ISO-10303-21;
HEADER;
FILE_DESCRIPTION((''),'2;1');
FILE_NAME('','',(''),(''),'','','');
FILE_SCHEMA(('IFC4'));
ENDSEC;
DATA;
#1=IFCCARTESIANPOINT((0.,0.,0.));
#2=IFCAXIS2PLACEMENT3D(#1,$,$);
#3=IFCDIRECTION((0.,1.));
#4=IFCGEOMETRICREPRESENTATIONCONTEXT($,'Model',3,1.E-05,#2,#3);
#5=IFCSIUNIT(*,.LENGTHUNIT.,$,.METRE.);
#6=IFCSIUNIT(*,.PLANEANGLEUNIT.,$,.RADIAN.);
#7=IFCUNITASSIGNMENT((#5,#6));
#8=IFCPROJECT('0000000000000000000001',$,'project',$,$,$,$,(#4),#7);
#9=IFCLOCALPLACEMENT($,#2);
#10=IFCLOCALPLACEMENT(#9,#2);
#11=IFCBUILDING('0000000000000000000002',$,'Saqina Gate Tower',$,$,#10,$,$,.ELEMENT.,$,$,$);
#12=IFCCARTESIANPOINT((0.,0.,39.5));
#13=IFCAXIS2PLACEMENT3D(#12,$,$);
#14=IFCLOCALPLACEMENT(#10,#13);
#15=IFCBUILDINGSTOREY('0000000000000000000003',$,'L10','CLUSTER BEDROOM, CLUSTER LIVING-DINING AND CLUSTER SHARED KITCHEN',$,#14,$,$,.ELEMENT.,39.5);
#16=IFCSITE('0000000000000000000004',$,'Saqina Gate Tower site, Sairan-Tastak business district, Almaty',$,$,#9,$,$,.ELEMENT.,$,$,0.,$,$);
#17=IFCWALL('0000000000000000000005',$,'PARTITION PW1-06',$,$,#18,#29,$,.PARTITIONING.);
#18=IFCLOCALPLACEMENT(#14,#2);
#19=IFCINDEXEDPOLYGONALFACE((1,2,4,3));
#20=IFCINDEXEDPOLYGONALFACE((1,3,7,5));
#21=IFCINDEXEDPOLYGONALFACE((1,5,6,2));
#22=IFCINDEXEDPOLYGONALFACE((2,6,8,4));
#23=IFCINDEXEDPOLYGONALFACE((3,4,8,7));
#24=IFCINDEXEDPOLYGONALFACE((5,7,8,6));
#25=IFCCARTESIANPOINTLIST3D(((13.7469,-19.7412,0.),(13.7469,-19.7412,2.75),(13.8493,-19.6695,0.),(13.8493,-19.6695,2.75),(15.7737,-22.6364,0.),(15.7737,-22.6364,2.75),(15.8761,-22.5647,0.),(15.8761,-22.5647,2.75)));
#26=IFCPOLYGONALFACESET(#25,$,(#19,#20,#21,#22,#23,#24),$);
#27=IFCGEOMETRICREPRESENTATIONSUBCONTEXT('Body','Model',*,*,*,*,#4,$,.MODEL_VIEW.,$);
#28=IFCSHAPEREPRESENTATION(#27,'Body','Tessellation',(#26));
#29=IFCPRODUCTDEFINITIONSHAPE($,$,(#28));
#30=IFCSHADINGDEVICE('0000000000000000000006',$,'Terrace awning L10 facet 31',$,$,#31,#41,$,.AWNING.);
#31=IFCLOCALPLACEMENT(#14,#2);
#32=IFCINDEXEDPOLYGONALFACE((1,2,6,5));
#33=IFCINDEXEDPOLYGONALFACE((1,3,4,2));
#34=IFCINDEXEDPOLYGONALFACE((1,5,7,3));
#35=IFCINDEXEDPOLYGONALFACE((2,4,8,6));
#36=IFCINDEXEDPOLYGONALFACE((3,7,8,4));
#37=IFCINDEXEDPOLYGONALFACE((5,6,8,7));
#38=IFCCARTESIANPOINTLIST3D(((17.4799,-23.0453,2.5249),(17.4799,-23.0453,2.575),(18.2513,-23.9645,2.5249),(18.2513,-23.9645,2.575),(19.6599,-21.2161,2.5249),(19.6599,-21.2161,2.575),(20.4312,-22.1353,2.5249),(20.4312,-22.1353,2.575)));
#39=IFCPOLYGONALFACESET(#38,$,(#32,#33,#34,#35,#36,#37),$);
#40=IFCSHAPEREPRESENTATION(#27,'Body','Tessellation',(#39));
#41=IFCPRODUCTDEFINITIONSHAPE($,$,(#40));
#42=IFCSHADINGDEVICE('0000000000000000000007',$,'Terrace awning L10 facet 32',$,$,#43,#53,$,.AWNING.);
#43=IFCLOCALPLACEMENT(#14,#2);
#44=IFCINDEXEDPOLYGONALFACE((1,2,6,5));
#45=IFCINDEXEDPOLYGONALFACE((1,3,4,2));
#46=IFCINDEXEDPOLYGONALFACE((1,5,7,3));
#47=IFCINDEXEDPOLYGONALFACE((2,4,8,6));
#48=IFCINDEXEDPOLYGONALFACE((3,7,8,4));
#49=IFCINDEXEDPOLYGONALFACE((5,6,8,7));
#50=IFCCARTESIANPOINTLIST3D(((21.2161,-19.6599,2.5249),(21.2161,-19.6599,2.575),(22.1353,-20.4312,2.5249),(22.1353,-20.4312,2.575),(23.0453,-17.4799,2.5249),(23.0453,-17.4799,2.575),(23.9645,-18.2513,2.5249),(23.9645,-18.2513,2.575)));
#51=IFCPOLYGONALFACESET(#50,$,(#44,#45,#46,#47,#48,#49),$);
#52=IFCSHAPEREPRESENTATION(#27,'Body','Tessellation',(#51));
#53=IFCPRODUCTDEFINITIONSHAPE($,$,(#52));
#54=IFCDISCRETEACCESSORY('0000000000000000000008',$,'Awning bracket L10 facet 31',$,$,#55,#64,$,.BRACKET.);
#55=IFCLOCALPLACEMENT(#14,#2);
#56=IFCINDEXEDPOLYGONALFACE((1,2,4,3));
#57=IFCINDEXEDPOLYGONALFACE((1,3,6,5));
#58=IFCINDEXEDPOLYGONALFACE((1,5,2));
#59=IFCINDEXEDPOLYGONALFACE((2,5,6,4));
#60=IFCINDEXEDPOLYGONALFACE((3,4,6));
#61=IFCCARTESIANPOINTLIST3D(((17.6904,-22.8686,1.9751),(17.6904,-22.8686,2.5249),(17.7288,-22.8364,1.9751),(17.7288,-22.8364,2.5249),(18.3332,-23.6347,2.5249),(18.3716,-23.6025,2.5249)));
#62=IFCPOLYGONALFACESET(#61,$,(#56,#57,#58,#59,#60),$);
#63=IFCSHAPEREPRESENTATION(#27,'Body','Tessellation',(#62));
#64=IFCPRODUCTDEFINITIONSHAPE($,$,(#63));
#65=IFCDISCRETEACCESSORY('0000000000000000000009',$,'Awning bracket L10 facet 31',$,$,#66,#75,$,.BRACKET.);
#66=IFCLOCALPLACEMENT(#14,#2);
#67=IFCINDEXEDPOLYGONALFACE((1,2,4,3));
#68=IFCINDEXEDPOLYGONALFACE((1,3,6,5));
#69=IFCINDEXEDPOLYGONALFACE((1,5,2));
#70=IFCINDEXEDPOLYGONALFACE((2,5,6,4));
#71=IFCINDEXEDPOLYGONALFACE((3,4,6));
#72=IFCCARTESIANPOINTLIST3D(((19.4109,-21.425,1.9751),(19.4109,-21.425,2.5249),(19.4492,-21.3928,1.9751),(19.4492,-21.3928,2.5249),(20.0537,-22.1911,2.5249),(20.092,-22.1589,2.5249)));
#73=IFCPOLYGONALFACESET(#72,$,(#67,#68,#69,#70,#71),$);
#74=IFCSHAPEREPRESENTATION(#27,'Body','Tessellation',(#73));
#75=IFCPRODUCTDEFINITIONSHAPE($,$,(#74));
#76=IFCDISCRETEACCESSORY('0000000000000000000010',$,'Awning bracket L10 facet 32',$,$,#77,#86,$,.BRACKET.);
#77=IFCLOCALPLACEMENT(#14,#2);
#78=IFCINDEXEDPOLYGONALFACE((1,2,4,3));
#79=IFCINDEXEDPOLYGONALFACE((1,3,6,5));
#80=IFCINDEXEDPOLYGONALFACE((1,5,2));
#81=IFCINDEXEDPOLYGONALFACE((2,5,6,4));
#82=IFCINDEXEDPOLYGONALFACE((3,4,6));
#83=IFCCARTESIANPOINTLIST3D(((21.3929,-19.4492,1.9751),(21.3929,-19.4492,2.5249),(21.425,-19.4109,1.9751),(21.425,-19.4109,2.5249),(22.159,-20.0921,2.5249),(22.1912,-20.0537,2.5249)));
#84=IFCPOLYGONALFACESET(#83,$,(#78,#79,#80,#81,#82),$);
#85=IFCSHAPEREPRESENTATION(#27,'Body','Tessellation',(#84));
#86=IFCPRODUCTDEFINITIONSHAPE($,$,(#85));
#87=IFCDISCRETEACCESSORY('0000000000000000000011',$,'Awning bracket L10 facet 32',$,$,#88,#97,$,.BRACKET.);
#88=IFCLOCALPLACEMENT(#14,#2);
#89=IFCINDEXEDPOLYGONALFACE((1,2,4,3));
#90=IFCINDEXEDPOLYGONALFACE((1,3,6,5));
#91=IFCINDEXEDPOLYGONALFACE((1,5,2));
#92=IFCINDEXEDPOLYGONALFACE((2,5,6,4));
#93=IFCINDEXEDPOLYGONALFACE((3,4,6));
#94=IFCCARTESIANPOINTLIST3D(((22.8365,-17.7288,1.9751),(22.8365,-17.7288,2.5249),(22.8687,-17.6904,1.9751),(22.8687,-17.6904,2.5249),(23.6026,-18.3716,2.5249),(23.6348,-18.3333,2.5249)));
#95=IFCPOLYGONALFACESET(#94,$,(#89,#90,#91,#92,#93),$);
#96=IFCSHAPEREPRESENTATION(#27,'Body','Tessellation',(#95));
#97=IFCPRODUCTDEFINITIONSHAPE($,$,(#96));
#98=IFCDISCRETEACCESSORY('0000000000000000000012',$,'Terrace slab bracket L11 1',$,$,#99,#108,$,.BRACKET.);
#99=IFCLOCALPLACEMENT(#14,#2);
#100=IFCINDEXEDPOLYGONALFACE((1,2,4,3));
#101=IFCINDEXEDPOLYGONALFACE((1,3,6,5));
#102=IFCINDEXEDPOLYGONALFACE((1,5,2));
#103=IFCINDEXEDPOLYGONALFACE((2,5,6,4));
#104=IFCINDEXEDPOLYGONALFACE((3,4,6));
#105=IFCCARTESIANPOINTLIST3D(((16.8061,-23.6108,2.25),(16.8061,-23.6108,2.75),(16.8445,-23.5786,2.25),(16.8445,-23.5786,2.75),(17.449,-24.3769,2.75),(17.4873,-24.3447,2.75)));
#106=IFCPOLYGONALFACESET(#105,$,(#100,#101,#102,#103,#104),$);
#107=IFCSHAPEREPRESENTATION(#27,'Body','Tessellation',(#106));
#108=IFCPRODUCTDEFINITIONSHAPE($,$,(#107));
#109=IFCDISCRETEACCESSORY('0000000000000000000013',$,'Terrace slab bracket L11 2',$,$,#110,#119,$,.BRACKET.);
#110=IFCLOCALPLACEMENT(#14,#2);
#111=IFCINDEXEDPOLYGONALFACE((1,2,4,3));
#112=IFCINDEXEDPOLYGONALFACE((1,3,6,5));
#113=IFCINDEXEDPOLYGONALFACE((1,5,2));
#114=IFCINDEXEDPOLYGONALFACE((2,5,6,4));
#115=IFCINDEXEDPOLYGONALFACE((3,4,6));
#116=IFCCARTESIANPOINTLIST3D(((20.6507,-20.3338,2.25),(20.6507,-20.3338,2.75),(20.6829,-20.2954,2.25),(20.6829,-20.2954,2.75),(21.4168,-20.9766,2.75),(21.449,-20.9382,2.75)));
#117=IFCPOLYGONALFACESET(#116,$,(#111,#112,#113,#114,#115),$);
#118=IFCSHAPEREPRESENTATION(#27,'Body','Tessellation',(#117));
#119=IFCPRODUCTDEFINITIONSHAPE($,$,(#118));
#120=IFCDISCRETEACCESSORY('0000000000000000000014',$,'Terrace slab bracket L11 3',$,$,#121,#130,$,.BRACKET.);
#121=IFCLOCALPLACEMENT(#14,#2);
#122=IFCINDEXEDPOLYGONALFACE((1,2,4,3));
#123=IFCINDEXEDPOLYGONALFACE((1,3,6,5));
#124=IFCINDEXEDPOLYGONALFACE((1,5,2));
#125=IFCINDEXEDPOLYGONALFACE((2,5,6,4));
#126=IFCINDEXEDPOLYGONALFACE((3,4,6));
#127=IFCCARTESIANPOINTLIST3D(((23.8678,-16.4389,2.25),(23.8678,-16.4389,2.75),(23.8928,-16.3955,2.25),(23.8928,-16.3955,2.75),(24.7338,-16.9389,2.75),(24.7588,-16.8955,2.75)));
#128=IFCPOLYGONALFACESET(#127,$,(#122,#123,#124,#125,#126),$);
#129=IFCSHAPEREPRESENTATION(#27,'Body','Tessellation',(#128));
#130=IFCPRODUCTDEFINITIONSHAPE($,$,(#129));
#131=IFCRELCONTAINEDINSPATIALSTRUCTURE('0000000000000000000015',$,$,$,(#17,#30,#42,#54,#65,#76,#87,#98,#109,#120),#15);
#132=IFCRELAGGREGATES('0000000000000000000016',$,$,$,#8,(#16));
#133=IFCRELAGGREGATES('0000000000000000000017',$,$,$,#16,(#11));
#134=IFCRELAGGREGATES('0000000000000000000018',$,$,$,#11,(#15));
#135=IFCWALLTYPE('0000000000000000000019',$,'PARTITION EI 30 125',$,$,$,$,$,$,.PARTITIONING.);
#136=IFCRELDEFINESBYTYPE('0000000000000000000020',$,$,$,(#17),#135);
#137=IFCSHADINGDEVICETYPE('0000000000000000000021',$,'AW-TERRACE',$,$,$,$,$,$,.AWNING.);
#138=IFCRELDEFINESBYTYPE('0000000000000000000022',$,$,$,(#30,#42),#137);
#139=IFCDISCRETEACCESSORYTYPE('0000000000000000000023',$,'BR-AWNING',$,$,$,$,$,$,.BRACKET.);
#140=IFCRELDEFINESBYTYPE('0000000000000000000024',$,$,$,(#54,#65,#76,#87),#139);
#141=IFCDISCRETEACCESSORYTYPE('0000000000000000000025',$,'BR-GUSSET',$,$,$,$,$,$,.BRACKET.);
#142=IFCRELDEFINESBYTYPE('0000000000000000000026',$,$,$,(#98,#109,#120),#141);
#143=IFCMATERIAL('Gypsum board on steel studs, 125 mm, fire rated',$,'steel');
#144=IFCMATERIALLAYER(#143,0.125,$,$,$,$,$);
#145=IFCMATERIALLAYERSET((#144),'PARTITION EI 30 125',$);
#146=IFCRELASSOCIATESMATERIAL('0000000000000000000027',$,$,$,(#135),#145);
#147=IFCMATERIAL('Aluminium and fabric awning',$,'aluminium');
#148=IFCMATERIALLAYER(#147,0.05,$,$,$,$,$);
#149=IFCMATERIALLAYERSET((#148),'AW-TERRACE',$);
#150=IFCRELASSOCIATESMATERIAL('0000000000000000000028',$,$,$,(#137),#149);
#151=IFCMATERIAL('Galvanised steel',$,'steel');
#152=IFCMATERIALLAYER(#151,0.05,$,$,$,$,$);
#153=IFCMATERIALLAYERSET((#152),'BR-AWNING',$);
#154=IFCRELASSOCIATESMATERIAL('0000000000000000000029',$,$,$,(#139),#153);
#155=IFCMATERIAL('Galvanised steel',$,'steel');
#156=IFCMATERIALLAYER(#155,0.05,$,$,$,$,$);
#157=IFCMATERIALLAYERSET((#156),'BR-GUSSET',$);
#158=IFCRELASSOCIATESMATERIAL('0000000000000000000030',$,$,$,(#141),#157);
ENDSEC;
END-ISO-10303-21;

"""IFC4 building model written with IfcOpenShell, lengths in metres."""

from ifc_helpers import new_model, si_unit, direction, frame, frame_2d, origin, origin_2d, place, context, subcontext, project, spatial, polyline, rectangle, outline, extrude, material, layer, layer_set, type_object, element, save


model = new_model("IFC4")

# Units and contexts
model_context = context("Model", 3, precision=1e-05, world=origin(), true_north=direction((0.0, 1.0)))
body_context = subcontext(model_context, "Body", "Model", "MODEL_VIEW")
ifc_project = project(units=[si_unit("LENGTHUNIT", "METRE"), si_unit("PLANEANGLEUNIT", "RADIAN")], contexts=[model_context])

# Site, building, storey
site_placement = place(None, origin())
site = spatial("IfcSite", under=ifc_project, at=site_placement, Name="Saqina Gate Tower site, Sairan-Tastak business district, Almaty", CompositionType="ELEMENT", RefElevation=0.0)
building_placement = place(site_placement, origin())
building = spatial("IfcBuilding", under=site, at=building_placement, Name="Saqina Gate Tower", CompositionType="ELEMENT")
storey_placement = place(building_placement, frame((0.0, 0.0, 39.5)))
storey = spatial("IfcBuildingStorey", under=building, at=storey_placement, Name="L10", Description="CLUSTER BEDROOM, CLUSTER LIVING-DINING AND CLUSTER SHARED KITCHEN", CompositionType="ELEMENT", Elevation=39.5)

# Wall
ifc_material_1 = material(Name="Gypsum board on steel studs, 125 mm, fire rated", Category="steel")
ifc_layer_1 = layer(ifc_material_1, 0.125)
ifc_layer_set_1 = layer_set([ifc_layer_1], Name="PARTITION EI 30 125")
wall_type_1 = type_object("IfcWallType", Name="PARTITION EI 30 125", PredefinedType="PARTITIONING", material=ifc_layer_set_1)
wall_1_placement = place(storey_placement, frame((13.7981, -19.7053, 0.0), z_axis=(0.0, 0.0, 1.0), x_axis=(0.573495, -0.819209, 0.0)))
element("IfcWall", 1, at=wall_1_placement, inside=storey, type_object=wall_type_1, Name="PARTITION PW1-06", PredefinedType="PARTITIONING", context=body_context, shape_type="SweptSolid", body=[
    extrude(rectangle(XDim=3.5342, YDim=0.125, at=frame_2d((1.7671, 0.0))), origin(), (0.0, 0.0, 1.0), 2.75),
])

# Shading devices
ifc_material_2 = material(Name="Aluminium and fabric awning", Category="aluminium")
ifc_layer_2 = layer(ifc_material_2, 0.05)
ifc_layer_set_2 = layer_set([ifc_layer_2], Name="AW-TERRACE")
shading_device_type = type_object("IfcShadingDeviceType", Name="AW-TERRACE", PredefinedType="AWNING", material=ifc_layer_set_2)
for number, where, z_axis, x_axis, name in (
    (2, (18.9556, -22.5903, 2.5249), (0.0, 0.0, 1.0), (0.766044, 0.642788, 0.0), "Terrace awning L10 facet 31"),
    (3, (22.5903, -18.9556, 2.5249), (0.0, 0.0, 1.0), (0.642788, 0.766044, 0.0), "Terrace awning L10 facet 32"),
):
    element("IfcShadingDevice", number, at=place(storey_placement, frame(where, z_axis=z_axis, x_axis=x_axis)), inside=storey, type_object=shading_device_type, Name=name, PredefinedType="AWNING", context=body_context, shape_type="SweptSolid", body=[
        extrude(rectangle(XDim=2.8457, YDim=1.2, at=origin_2d()), origin(), (0.0, 0.0, 1.0), 0.05),
    ])

# Discrete accessories
ifc_material_3 = material(Name="Galvanised steel", Category="steel")
ifc_layer_3 = layer(ifc_material_3, 0.05)
ifc_layer_set_3 = layer_set([ifc_layer_3], Name="BR-AWNING")
discrete_accessory_type_1 = type_object("IfcDiscreteAccessoryType", Name="BR-AWNING", PredefinedType="BRACKET", material=ifc_layer_set_3)
for number, where, z_axis, x_axis, name in (
    (4, (17.7288, -22.8364, 1.9751), (0.766056, 0.642774, 0.0), (0.0, 0.0, 1.0), "Awning bracket L10 facet 31"),
    (5, (19.4492, -21.3928, 1.9751), (0.766056, 0.642774, 0.0), (0.0, 0.0, 1.0), "Awning bracket L10 facet 31"),
    (6, (21.425, -19.4109, 1.9751), (0.642774, 0.766056, 0.0), (0.0, 0.0, 1.0), "Awning bracket L10 facet 32"),
    (7, (22.8687, -17.6904, 1.9751), (0.642774, 0.766056, 0.0), (0.0, 0.0, 1.0), "Awning bracket L10 facet 32"),
):
    element("IfcDiscreteAccessory", number, at=place(storey_placement, frame(where, z_axis=z_axis, x_axis=x_axis)), inside=storey, type_object=discrete_accessory_type_1, Name=name, PredefinedType="BRACKET", context=body_context, shape_type="SweptSolid", body=[
        extrude(outline(polyline([(0.0, 0.0), (0.5498, 0.0), (0.5498, 1.0001), (0.0, 0.0)])), origin(), (0.0, 0.0, -1.0), 0.05),
    ])
ifc_material_4 = material(Name="Galvanised steel", Category="steel")
ifc_layer_4 = layer(ifc_material_4, 0.05)
ifc_layer_set_4 = layer_set([ifc_layer_4], Name="BR-GUSSET")
discrete_accessory_type_2 = type_object("IfcDiscreteAccessoryType", Name="BR-GUSSET", PredefinedType="BRACKET", material=ifc_layer_set_4)
for number, where, z_axis, x_axis, name in (
    (8, (16.8445, -23.5786, 2.25), (0.766056, 0.642774, 0.0), (0.0, 0.0, 1.0), "Terrace slab bracket L11 1"),
    (9, (20.6829, -20.2954, 2.25), (0.642774, 0.766056, 0.0), (0.0, 0.0, 1.0), "Terrace slab bracket L11 2"),
):
    element("IfcDiscreteAccessory", number, at=place(storey_placement, frame(where, z_axis=z_axis, x_axis=x_axis)), inside=storey, type_object=discrete_accessory_type_2, Name=name, PredefinedType="BRACKET", context=body_context, shape_type="SweptSolid", body=[
        extrude(outline(polyline([(0.0, 0.0), (0.5, 0.0), (0.5, 1.0001), (0.0, 0.0)])), origin(), (0.0, 0.0, -1.0), 0.05),
    ])
discrete_accessory_placement = place(storey_placement, frame((23.8928, -16.3955, 2.25), z_axis=(0.500025, 0.866011, 0.0), x_axis=(0.0, 0.0, 1.0)))
element("IfcDiscreteAccessory", 10, at=discrete_accessory_placement, inside=storey, type_object=discrete_accessory_type_2, Name="Terrace slab bracket L11 3", PredefinedType="BRACKET", context=body_context, shape_type="SweptSolid", body=[
    extrude(outline(polyline([(0.0, 0.0), (0.5, 0.0), (0.5, 0.9999), (0.0, 0.0)])), origin(), (0.0, 0.0, -1.0), 0.05),
])

save(model, "model.ifc")
